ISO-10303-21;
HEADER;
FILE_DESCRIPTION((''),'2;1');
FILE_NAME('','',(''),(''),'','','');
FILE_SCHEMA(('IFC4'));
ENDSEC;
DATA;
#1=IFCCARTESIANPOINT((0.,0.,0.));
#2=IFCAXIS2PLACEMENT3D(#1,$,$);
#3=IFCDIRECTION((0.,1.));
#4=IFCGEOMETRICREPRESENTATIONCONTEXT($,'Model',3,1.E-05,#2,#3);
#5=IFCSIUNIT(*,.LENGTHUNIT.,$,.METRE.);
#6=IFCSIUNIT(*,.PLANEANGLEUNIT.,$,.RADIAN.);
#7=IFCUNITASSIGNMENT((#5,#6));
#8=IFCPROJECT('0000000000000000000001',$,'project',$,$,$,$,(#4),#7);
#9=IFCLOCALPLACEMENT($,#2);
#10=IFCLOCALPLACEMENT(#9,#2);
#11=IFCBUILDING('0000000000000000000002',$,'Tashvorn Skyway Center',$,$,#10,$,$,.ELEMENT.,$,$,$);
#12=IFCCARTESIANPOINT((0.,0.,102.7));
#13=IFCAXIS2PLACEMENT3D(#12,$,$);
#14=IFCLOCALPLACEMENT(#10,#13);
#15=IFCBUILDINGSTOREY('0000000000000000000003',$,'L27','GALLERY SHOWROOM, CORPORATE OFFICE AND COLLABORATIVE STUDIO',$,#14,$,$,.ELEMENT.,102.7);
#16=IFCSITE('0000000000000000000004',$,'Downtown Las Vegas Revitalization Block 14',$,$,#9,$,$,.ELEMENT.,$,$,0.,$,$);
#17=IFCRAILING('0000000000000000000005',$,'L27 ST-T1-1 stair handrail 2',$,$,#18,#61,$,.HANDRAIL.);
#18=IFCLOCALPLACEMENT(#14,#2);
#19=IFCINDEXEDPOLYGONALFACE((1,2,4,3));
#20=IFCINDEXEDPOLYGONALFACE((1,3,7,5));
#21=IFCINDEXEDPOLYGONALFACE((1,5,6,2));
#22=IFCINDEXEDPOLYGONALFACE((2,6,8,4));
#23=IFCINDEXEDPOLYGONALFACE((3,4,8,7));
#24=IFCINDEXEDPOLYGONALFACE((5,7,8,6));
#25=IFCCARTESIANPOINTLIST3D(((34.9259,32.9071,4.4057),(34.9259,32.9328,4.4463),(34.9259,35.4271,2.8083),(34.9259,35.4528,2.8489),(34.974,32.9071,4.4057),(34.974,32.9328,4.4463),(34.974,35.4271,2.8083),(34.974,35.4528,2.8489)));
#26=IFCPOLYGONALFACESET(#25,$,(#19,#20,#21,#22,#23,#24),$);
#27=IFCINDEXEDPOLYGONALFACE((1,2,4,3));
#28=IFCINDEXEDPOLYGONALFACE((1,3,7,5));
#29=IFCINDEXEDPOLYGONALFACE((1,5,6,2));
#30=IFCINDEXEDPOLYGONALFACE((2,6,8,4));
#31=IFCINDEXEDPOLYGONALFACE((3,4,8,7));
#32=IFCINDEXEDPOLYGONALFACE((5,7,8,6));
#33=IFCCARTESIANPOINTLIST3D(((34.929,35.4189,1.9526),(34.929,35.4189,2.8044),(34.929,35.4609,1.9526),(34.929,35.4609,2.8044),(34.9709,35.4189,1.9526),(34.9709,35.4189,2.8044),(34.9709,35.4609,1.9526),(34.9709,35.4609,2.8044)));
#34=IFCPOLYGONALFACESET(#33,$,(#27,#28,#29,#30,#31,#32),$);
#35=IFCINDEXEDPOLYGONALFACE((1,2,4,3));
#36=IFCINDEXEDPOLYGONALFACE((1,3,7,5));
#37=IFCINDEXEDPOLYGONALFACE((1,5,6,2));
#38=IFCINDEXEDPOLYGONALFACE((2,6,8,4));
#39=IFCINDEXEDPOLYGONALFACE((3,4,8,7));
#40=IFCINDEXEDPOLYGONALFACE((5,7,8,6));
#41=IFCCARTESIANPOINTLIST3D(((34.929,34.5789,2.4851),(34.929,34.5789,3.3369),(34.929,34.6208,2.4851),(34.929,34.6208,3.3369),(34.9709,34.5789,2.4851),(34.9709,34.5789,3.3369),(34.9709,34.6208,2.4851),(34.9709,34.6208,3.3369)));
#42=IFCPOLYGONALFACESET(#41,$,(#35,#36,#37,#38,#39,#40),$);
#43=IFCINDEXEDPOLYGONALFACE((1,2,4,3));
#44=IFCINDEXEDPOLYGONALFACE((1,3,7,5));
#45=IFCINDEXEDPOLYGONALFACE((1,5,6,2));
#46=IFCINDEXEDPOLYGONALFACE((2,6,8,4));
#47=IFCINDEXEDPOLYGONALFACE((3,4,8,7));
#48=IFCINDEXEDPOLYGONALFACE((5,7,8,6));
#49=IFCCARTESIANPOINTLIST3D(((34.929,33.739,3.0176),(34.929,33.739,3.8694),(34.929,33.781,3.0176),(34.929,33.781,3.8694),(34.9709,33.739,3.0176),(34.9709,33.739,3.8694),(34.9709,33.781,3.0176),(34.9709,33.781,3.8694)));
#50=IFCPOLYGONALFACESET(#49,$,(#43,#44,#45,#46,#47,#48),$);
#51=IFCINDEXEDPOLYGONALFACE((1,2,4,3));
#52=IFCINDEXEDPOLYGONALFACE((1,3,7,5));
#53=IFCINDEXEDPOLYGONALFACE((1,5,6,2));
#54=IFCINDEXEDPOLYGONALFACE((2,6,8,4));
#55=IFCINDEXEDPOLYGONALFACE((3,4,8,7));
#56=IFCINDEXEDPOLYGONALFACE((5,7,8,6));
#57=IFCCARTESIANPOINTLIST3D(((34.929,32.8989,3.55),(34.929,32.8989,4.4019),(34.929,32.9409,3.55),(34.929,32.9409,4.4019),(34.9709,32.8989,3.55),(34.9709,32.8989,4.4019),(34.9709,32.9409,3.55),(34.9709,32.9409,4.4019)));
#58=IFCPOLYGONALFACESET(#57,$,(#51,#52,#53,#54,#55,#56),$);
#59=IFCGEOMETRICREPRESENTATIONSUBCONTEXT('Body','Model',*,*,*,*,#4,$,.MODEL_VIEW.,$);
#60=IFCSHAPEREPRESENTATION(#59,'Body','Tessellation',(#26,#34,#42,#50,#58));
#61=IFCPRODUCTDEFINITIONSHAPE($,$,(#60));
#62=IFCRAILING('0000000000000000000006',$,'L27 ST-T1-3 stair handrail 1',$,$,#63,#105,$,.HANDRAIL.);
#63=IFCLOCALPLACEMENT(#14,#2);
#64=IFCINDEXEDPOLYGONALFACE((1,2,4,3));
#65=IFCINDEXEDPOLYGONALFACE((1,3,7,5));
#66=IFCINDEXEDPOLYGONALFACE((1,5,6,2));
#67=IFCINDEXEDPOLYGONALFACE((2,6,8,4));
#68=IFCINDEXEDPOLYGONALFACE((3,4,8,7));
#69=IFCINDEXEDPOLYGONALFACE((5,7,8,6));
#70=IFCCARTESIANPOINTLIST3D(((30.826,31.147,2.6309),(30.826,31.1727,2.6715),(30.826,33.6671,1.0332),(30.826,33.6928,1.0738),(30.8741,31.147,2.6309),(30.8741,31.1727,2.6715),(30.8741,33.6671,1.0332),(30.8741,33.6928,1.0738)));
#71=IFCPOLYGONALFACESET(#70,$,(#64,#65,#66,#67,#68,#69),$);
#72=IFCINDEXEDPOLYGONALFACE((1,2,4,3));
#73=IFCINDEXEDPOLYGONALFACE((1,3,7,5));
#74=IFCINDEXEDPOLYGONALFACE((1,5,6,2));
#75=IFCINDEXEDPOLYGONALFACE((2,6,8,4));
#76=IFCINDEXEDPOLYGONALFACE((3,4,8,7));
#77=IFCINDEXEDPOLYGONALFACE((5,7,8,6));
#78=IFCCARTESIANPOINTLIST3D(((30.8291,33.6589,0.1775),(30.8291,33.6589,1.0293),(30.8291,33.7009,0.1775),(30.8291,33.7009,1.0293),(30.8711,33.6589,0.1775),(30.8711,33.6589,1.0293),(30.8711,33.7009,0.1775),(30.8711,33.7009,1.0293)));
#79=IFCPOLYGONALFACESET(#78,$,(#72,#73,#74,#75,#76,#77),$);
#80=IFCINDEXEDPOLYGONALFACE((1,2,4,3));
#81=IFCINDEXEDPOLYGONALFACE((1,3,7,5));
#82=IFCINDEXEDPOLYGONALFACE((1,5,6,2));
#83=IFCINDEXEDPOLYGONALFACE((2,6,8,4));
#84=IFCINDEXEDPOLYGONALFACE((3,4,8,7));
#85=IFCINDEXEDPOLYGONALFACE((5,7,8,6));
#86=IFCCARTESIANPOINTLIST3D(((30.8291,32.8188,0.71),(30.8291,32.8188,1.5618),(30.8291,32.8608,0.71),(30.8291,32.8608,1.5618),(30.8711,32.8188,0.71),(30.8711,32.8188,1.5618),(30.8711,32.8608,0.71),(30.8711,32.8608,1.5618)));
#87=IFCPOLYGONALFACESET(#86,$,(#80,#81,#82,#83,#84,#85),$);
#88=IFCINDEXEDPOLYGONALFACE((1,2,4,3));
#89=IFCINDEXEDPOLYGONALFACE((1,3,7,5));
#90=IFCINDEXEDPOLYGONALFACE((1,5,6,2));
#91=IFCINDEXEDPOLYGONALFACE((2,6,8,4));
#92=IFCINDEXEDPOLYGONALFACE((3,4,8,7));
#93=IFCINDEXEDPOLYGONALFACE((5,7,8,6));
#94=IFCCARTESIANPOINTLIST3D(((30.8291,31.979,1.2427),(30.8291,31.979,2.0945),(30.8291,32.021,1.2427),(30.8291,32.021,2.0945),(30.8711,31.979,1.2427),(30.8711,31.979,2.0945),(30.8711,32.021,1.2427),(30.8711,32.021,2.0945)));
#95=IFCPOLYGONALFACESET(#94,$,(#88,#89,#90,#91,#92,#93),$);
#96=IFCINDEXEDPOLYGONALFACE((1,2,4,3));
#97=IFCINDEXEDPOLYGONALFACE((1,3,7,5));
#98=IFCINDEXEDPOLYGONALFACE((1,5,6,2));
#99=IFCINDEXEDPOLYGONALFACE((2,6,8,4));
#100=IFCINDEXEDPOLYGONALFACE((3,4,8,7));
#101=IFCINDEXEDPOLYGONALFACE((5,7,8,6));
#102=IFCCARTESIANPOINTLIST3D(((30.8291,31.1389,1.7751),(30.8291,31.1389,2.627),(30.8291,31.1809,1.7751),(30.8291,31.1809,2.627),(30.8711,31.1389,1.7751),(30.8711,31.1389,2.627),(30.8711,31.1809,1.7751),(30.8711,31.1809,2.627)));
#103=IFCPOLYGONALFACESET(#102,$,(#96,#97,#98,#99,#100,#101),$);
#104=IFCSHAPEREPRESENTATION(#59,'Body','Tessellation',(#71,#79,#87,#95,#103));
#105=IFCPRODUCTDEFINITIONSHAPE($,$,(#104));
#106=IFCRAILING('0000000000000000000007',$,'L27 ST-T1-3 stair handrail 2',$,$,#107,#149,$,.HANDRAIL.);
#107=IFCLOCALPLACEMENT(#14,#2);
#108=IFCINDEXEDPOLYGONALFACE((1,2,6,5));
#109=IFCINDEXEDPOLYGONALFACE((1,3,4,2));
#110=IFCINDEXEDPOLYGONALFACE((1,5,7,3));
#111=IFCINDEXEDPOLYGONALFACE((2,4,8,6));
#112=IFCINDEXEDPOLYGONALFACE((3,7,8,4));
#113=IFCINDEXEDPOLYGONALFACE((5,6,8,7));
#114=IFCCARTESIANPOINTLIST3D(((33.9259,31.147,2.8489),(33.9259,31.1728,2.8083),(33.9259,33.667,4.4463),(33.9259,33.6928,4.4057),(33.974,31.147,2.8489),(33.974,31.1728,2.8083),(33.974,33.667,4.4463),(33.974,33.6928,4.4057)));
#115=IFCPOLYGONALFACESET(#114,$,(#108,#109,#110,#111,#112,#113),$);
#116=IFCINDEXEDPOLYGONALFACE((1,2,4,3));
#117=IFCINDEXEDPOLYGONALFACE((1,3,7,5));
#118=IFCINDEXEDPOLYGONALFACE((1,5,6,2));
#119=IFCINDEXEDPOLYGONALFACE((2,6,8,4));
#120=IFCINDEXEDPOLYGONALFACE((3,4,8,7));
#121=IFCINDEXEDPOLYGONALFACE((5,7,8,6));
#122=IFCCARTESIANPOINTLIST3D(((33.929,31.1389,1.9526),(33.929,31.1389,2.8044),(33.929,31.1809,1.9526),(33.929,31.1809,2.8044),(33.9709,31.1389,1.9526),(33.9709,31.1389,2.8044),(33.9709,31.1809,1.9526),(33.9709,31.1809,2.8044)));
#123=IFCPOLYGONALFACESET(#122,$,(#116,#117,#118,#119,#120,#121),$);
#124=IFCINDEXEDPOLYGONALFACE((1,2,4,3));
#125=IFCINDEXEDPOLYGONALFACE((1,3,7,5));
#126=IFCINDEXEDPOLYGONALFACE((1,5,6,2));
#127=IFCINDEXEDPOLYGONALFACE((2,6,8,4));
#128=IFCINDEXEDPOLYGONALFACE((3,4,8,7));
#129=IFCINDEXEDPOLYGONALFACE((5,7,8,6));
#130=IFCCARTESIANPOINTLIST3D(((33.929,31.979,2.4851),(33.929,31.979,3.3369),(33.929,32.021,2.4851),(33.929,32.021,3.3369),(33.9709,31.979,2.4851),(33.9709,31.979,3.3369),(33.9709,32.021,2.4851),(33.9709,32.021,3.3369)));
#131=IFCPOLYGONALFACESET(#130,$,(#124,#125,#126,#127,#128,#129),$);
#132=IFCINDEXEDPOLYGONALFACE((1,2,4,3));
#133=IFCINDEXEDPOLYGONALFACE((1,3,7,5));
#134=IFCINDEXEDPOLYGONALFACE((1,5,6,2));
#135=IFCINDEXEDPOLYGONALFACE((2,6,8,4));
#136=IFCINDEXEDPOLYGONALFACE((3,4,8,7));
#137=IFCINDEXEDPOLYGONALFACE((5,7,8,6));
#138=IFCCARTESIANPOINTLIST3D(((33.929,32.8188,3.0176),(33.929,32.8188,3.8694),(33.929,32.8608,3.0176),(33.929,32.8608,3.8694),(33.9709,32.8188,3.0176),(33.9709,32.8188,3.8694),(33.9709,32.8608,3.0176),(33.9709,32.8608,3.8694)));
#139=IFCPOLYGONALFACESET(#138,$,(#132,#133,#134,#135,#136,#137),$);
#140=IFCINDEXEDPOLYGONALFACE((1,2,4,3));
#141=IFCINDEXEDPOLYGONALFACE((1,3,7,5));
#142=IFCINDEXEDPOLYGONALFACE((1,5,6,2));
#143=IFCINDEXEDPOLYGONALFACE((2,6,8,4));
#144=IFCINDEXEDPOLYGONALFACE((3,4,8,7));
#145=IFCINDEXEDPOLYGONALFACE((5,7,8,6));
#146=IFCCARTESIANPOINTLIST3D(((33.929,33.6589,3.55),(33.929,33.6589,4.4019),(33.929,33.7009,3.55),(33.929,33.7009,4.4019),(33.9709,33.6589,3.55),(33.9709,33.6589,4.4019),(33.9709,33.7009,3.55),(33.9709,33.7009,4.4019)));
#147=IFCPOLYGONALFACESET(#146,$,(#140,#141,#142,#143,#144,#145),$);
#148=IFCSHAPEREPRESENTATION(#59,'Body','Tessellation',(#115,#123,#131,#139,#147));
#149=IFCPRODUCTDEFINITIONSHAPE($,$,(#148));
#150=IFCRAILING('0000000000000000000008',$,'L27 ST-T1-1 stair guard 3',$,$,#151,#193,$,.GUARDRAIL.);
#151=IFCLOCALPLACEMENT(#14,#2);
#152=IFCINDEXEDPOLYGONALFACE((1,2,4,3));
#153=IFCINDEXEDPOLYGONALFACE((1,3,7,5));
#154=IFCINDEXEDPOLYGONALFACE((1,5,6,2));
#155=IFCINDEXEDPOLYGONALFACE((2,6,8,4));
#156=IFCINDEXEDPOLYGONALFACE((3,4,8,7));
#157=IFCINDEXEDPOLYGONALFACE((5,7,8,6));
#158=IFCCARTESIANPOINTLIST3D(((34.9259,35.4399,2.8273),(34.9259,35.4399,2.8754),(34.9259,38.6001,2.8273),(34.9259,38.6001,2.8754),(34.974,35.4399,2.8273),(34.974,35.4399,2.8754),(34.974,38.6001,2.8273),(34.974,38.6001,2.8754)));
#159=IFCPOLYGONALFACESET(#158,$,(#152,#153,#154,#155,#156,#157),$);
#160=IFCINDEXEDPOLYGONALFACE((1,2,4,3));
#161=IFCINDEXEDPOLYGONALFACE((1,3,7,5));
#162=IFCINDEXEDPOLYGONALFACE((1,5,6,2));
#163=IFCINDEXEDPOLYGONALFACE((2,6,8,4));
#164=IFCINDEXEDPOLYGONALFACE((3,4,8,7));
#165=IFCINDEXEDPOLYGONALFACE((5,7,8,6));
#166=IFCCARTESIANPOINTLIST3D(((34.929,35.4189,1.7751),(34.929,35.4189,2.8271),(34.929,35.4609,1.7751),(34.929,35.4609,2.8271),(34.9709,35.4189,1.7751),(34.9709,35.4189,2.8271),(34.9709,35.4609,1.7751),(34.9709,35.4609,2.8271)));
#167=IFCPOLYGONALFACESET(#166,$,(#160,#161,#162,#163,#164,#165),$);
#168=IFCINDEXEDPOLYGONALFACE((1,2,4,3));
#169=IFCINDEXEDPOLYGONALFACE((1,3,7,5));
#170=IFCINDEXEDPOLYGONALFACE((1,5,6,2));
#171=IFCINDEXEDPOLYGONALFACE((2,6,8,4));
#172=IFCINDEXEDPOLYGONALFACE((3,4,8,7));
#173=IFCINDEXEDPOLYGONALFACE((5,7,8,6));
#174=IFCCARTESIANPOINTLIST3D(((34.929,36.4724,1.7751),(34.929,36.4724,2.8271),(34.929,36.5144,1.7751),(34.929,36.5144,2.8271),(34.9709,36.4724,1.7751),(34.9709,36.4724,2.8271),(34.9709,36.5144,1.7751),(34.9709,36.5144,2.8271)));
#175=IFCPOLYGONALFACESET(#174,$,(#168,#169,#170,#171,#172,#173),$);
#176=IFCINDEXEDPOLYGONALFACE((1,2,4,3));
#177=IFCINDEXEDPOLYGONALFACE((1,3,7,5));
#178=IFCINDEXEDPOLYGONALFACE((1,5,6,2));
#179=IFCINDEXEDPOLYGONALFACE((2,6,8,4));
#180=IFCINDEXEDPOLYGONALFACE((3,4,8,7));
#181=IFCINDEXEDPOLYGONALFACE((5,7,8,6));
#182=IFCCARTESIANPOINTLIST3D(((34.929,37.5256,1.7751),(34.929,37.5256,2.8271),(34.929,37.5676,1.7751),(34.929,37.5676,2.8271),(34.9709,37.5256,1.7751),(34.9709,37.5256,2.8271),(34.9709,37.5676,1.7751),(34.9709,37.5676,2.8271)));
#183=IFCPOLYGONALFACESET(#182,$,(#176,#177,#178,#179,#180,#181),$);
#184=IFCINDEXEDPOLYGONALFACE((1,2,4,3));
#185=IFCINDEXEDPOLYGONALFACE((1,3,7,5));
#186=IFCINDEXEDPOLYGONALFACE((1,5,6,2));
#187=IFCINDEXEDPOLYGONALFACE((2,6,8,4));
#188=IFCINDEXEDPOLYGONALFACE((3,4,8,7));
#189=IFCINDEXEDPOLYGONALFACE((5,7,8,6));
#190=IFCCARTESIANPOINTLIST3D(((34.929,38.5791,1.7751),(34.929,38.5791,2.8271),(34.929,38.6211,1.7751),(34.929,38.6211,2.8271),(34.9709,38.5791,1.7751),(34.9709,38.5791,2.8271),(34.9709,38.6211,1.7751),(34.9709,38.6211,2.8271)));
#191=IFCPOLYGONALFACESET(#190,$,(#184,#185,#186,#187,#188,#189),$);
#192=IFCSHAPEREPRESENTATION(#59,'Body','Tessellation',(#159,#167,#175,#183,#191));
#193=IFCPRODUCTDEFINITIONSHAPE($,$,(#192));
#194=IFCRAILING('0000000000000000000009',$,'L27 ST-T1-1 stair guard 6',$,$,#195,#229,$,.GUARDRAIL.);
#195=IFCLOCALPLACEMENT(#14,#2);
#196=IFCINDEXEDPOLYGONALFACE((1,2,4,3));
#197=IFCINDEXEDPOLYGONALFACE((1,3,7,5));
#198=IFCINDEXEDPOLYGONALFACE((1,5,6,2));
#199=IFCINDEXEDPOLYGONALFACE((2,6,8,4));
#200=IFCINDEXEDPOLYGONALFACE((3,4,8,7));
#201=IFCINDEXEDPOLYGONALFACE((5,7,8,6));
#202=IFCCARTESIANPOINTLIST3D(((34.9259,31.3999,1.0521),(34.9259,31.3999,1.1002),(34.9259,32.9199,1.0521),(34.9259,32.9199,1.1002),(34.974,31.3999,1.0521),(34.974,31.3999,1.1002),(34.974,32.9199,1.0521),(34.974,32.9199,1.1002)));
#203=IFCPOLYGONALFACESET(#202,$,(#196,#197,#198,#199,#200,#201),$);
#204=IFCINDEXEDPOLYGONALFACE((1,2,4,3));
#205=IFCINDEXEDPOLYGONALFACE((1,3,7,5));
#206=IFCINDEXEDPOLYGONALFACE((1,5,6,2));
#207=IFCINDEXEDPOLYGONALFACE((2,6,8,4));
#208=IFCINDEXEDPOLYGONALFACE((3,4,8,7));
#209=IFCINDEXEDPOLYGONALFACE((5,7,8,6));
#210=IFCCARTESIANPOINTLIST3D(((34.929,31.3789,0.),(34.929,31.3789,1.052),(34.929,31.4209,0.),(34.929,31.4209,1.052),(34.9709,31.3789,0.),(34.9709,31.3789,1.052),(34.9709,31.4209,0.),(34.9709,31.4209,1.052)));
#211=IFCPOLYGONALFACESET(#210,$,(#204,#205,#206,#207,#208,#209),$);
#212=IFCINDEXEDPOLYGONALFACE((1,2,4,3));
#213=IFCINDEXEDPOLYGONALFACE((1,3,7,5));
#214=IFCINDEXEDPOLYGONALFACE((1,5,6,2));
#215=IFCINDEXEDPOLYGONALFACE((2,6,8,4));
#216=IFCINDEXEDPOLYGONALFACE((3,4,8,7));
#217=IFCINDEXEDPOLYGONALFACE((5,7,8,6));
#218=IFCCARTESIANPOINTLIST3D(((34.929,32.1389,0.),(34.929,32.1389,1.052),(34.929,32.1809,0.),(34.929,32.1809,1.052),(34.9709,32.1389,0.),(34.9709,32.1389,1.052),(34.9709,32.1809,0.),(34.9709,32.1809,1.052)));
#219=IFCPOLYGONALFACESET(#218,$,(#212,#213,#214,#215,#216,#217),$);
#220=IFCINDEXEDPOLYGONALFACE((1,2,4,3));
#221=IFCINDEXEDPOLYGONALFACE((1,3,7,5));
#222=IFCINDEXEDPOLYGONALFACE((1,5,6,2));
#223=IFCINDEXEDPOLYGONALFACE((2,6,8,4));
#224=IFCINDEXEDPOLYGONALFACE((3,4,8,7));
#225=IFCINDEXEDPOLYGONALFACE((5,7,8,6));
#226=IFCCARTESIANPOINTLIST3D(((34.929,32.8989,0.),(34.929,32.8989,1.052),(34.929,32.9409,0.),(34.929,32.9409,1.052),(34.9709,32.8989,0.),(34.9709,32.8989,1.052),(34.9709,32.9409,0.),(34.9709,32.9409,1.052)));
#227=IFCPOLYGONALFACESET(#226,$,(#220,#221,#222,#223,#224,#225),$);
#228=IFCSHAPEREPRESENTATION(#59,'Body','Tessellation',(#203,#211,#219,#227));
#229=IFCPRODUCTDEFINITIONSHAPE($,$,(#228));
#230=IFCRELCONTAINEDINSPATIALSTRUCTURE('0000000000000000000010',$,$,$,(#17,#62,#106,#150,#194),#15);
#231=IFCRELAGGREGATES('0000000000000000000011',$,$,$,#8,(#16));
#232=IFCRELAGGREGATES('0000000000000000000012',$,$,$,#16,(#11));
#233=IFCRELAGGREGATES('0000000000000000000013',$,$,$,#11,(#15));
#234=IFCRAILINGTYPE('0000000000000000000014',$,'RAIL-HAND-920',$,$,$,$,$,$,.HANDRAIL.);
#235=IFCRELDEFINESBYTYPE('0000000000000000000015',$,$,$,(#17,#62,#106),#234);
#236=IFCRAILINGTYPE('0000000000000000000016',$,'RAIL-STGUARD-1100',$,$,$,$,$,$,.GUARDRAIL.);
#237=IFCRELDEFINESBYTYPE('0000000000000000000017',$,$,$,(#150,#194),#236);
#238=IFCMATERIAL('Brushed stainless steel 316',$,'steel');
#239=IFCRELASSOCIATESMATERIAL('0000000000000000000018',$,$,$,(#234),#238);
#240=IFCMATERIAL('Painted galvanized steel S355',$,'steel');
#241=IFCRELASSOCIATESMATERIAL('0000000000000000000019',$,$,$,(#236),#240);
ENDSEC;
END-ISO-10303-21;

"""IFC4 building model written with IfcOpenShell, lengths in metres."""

from ifc_helpers import new_model, si_unit, direction, frame, origin, origin_2d, place, context, subcontext, project, spatial, rectangle, extrude, material, type_object, element, save


model = new_model("IFC4")

# Units and contexts
model_context = context("Model", 3, precision=1e-05, world=origin(), true_north=direction((0.0, 1.0)))
body_context = subcontext(model_context, "Body", "Model", "MODEL_VIEW")
ifc_project = project(units=[si_unit("LENGTHUNIT", "METRE"), si_unit("PLANEANGLEUNIT", "RADIAN")], contexts=[model_context])

# Site, building, storey
site_placement = place(None, origin())
site = spatial("IfcSite", under=ifc_project, at=site_placement, Name="Downtown Las Vegas Revitalization Block 14", CompositionType="ELEMENT", RefElevation=0.0)
building_placement = place(site_placement, origin())
building = spatial("IfcBuilding", under=site, at=building_placement, Name="Tashvorn Skyway Center", CompositionType="ELEMENT")
storey_placement = place(building_placement, frame((0.0, 0.0, 102.7)))
storey = spatial("IfcBuildingStorey", under=building, at=storey_placement, Name="L27", Description="GALLERY SHOWROOM, CORPORATE OFFICE AND COLLABORATIVE STUDIO", CompositionType="ELEMENT", Elevation=102.7)

# Railings
ifc_material_1 = material(Name="Brushed stainless steel 316", Category="steel")
railing_type_1 = type_object("IfcRailingType", Name="RAIL-HAND-920", PredefinedType="HANDRAIL", material=ifc_material_1)
railing_1_placement = place(storey_placement, frame((34.95, 35.4399, 1.9526)))
element("IfcRailing", 1, at=railing_1_placement, inside=storey, type_object=railing_type_1, Name="L27 ST-T1-1 stair handrail 2", PredefinedType="HANDRAIL", context=body_context, shape_type="SweptSolid", body=[
    extrude(rectangle(XDim=0.0481, YDim=0.0481, at=origin_2d()), frame((0.0, 0.0, 0.876), z_axis=(0.0, -0.844607, 0.535387), x_axis=(1.0, 0.0, 0.0)), (0.0, 0.0, 1.0), 2.9836),
    extrude(rectangle(XDim=0.042, YDim=0.042, at=origin_2d()), origin(), (0.0, 0.0, 1.0), 0.8518),
    extrude(rectangle(XDim=0.042, YDim=0.042, at=origin_2d()), frame((0.0, -0.8401, 0.5325)), (0.0, 0.0, 1.0), 0.8518),
    extrude(rectangle(XDim=0.042, YDim=0.042, at=origin_2d()), frame((0.0, -1.6799, 1.0649)), (0.0, 0.0, 1.0), 0.8518),
    extrude(rectangle(XDim=0.042, YDim=0.042, at=origin_2d()), frame((0.0, -2.52, 1.5974)), (0.0, 0.0, 1.0), 0.8518),
])
railing_2_placement = place(storey_placement, frame((30.8501, 33.6799, 0.1775)))
element("IfcRailing", 2, at=railing_2_placement, inside=storey, type_object=railing_type_1, Name="L27 ST-T1-3 stair handrail 1", PredefinedType="HANDRAIL", context=body_context, shape_type="SweptSolid", body=[
    extrude(rectangle(XDim=0.0481, YDim=0.0481, at=origin_2d()), frame((0.0, 0.0, 0.876), z_axis=(0.0, -0.84457, 0.535445), x_axis=(1.0, 0.0, 0.0)), (0.0, 0.0, 1.0), 2.9839),
    extrude(rectangle(XDim=0.042, YDim=0.042, at=origin_2d()), origin(), (0.0, 0.0, 1.0), 0.8518),
    extrude(rectangle(XDim=0.042, YDim=0.042, at=origin_2d()), frame((0.0, -0.8401, 0.5325)), (0.0, 0.0, 1.0), 0.8518),
    extrude(rectangle(XDim=0.042, YDim=0.042, at=origin_2d()), frame((0.0, -1.6799, 1.0652)), (0.0, 0.0, 1.0), 0.8518),
    extrude(rectangle(XDim=0.042, YDim=0.042, at=origin_2d()), frame((0.0, -2.52, 1.5977)), (0.0, 0.0, 1.0), 0.8518),
])
railing_3_placement = place(storey_placement, frame((33.95, 31.1599, 1.9526)))
element("IfcRailing", 3, at=railing_3_placement, inside=storey, type_object=railing_type_1, Name="L27 ST-T1-3 stair handrail 2", PredefinedType="HANDRAIL", context=body_context, shape_type="SweptSolid", body=[
    extrude(rectangle(XDim=0.0481, YDim=0.0481, at=origin_2d()), frame((0.0, 0.0, 0.876), z_axis=(0.0, 0.844607, 0.535387), x_axis=(-1.0, 0.0, 0.0)), (0.0, 0.0, 1.0), 2.9836),
    extrude(rectangle(XDim=0.042, YDim=0.042, at=origin_2d()), origin(), (0.0, 0.0, 1.0), 0.8518),
    extrude(rectangle(XDim=0.042, YDim=0.042, at=origin_2d()), frame((0.0, 0.8401, 0.5325)), (0.0, 0.0, 1.0), 0.8518),
    extrude(rectangle(XDim=0.042, YDim=0.042, at=origin_2d()), frame((0.0, 1.6799, 1.0649)), (0.0, 0.0, 1.0), 0.8518),
    extrude(rectangle(XDim=0.042, YDim=0.042, at=origin_2d()), frame((0.0, 2.52, 1.5974)), (0.0, 0.0, 1.0), 0.8518),
])
ifc_material_2 = material(Name="Painted galvanized steel S355", Category="steel")
railing_type_2 = type_object("IfcRailingType", Name="RAIL-STGUARD-1100", PredefinedType="GUARDRAIL", material=ifc_material_2)
railing_4_placement = place(storey_placement, frame((34.95, 35.4399, 1.7751)))
element("IfcRailing", 4, at=railing_4_placement, inside=storey, type_object=railing_type_2, Name="L27 ST-T1-1 stair guard 3", PredefinedType="GUARDRAIL", context=body_context, shape_type="SweptSolid", body=[
    extrude(rectangle(XDim=0.0481, YDim=0.0481, at=origin_2d()), frame((0.0, 0.0, 1.0762), z_axis=(0.0, 1.0, 0.0), x_axis=(-1.0, 0.0, 0.0)), (0.0, 0.0, 1.0), 3.1602),
    extrude(rectangle(XDim=0.042, YDim=0.042, at=origin_2d()), origin(), (0.0, 0.0, 1.0), 1.052),
    extrude(rectangle(XDim=0.042, YDim=0.042, at=origin_2d()), frame((0.0, 1.0535, 0.0)), (0.0, 0.0, 1.0), 1.052),
    extrude(rectangle(XDim=0.042, YDim=0.042, at=origin_2d()), frame((0.0, 2.1067, 0.0)), (0.0, 0.0, 1.0), 1.052),
    extrude(rectangle(XDim=0.042, YDim=0.042, at=origin_2d()), frame((0.0, 3.1602, 0.0)), (0.0, 0.0, 1.0), 1.052),
])
railing_5_placement = place(storey_placement, frame((34.95, 31.3999, 0.0)))
element("IfcRailing", 5, at=railing_5_placement, inside=storey, type_object=railing_type_2, Name="L27 ST-T1-1 stair guard 6", PredefinedType="GUARDRAIL", context=body_context, shape_type="SweptSolid", body=[
    extrude(rectangle(XDim=0.0481, YDim=0.0481, at=origin_2d()), frame((0.0, 0.0, 1.0762), z_axis=(0.0, 1.0, 0.0), x_axis=(-1.0, 0.0, 0.0)), (0.0, 0.0, 1.0), 1.52),
    extrude(rectangle(XDim=0.042, YDim=0.042, at=origin_2d()), origin(), (0.0, 0.0, 1.0), 1.052),
    extrude(rectangle(XDim=0.042, YDim=0.042, at=origin_2d()), frame((0.0, 0.76, 0.0)), (0.0, 0.0, 1.0), 1.052),
    extrude(rectangle(XDim=0.042, YDim=0.042, at=origin_2d()), frame((0.0, 1.52, 0.0)), (0.0, 0.0, 1.0), 1.052),
])

save(model, "model.ifc")
